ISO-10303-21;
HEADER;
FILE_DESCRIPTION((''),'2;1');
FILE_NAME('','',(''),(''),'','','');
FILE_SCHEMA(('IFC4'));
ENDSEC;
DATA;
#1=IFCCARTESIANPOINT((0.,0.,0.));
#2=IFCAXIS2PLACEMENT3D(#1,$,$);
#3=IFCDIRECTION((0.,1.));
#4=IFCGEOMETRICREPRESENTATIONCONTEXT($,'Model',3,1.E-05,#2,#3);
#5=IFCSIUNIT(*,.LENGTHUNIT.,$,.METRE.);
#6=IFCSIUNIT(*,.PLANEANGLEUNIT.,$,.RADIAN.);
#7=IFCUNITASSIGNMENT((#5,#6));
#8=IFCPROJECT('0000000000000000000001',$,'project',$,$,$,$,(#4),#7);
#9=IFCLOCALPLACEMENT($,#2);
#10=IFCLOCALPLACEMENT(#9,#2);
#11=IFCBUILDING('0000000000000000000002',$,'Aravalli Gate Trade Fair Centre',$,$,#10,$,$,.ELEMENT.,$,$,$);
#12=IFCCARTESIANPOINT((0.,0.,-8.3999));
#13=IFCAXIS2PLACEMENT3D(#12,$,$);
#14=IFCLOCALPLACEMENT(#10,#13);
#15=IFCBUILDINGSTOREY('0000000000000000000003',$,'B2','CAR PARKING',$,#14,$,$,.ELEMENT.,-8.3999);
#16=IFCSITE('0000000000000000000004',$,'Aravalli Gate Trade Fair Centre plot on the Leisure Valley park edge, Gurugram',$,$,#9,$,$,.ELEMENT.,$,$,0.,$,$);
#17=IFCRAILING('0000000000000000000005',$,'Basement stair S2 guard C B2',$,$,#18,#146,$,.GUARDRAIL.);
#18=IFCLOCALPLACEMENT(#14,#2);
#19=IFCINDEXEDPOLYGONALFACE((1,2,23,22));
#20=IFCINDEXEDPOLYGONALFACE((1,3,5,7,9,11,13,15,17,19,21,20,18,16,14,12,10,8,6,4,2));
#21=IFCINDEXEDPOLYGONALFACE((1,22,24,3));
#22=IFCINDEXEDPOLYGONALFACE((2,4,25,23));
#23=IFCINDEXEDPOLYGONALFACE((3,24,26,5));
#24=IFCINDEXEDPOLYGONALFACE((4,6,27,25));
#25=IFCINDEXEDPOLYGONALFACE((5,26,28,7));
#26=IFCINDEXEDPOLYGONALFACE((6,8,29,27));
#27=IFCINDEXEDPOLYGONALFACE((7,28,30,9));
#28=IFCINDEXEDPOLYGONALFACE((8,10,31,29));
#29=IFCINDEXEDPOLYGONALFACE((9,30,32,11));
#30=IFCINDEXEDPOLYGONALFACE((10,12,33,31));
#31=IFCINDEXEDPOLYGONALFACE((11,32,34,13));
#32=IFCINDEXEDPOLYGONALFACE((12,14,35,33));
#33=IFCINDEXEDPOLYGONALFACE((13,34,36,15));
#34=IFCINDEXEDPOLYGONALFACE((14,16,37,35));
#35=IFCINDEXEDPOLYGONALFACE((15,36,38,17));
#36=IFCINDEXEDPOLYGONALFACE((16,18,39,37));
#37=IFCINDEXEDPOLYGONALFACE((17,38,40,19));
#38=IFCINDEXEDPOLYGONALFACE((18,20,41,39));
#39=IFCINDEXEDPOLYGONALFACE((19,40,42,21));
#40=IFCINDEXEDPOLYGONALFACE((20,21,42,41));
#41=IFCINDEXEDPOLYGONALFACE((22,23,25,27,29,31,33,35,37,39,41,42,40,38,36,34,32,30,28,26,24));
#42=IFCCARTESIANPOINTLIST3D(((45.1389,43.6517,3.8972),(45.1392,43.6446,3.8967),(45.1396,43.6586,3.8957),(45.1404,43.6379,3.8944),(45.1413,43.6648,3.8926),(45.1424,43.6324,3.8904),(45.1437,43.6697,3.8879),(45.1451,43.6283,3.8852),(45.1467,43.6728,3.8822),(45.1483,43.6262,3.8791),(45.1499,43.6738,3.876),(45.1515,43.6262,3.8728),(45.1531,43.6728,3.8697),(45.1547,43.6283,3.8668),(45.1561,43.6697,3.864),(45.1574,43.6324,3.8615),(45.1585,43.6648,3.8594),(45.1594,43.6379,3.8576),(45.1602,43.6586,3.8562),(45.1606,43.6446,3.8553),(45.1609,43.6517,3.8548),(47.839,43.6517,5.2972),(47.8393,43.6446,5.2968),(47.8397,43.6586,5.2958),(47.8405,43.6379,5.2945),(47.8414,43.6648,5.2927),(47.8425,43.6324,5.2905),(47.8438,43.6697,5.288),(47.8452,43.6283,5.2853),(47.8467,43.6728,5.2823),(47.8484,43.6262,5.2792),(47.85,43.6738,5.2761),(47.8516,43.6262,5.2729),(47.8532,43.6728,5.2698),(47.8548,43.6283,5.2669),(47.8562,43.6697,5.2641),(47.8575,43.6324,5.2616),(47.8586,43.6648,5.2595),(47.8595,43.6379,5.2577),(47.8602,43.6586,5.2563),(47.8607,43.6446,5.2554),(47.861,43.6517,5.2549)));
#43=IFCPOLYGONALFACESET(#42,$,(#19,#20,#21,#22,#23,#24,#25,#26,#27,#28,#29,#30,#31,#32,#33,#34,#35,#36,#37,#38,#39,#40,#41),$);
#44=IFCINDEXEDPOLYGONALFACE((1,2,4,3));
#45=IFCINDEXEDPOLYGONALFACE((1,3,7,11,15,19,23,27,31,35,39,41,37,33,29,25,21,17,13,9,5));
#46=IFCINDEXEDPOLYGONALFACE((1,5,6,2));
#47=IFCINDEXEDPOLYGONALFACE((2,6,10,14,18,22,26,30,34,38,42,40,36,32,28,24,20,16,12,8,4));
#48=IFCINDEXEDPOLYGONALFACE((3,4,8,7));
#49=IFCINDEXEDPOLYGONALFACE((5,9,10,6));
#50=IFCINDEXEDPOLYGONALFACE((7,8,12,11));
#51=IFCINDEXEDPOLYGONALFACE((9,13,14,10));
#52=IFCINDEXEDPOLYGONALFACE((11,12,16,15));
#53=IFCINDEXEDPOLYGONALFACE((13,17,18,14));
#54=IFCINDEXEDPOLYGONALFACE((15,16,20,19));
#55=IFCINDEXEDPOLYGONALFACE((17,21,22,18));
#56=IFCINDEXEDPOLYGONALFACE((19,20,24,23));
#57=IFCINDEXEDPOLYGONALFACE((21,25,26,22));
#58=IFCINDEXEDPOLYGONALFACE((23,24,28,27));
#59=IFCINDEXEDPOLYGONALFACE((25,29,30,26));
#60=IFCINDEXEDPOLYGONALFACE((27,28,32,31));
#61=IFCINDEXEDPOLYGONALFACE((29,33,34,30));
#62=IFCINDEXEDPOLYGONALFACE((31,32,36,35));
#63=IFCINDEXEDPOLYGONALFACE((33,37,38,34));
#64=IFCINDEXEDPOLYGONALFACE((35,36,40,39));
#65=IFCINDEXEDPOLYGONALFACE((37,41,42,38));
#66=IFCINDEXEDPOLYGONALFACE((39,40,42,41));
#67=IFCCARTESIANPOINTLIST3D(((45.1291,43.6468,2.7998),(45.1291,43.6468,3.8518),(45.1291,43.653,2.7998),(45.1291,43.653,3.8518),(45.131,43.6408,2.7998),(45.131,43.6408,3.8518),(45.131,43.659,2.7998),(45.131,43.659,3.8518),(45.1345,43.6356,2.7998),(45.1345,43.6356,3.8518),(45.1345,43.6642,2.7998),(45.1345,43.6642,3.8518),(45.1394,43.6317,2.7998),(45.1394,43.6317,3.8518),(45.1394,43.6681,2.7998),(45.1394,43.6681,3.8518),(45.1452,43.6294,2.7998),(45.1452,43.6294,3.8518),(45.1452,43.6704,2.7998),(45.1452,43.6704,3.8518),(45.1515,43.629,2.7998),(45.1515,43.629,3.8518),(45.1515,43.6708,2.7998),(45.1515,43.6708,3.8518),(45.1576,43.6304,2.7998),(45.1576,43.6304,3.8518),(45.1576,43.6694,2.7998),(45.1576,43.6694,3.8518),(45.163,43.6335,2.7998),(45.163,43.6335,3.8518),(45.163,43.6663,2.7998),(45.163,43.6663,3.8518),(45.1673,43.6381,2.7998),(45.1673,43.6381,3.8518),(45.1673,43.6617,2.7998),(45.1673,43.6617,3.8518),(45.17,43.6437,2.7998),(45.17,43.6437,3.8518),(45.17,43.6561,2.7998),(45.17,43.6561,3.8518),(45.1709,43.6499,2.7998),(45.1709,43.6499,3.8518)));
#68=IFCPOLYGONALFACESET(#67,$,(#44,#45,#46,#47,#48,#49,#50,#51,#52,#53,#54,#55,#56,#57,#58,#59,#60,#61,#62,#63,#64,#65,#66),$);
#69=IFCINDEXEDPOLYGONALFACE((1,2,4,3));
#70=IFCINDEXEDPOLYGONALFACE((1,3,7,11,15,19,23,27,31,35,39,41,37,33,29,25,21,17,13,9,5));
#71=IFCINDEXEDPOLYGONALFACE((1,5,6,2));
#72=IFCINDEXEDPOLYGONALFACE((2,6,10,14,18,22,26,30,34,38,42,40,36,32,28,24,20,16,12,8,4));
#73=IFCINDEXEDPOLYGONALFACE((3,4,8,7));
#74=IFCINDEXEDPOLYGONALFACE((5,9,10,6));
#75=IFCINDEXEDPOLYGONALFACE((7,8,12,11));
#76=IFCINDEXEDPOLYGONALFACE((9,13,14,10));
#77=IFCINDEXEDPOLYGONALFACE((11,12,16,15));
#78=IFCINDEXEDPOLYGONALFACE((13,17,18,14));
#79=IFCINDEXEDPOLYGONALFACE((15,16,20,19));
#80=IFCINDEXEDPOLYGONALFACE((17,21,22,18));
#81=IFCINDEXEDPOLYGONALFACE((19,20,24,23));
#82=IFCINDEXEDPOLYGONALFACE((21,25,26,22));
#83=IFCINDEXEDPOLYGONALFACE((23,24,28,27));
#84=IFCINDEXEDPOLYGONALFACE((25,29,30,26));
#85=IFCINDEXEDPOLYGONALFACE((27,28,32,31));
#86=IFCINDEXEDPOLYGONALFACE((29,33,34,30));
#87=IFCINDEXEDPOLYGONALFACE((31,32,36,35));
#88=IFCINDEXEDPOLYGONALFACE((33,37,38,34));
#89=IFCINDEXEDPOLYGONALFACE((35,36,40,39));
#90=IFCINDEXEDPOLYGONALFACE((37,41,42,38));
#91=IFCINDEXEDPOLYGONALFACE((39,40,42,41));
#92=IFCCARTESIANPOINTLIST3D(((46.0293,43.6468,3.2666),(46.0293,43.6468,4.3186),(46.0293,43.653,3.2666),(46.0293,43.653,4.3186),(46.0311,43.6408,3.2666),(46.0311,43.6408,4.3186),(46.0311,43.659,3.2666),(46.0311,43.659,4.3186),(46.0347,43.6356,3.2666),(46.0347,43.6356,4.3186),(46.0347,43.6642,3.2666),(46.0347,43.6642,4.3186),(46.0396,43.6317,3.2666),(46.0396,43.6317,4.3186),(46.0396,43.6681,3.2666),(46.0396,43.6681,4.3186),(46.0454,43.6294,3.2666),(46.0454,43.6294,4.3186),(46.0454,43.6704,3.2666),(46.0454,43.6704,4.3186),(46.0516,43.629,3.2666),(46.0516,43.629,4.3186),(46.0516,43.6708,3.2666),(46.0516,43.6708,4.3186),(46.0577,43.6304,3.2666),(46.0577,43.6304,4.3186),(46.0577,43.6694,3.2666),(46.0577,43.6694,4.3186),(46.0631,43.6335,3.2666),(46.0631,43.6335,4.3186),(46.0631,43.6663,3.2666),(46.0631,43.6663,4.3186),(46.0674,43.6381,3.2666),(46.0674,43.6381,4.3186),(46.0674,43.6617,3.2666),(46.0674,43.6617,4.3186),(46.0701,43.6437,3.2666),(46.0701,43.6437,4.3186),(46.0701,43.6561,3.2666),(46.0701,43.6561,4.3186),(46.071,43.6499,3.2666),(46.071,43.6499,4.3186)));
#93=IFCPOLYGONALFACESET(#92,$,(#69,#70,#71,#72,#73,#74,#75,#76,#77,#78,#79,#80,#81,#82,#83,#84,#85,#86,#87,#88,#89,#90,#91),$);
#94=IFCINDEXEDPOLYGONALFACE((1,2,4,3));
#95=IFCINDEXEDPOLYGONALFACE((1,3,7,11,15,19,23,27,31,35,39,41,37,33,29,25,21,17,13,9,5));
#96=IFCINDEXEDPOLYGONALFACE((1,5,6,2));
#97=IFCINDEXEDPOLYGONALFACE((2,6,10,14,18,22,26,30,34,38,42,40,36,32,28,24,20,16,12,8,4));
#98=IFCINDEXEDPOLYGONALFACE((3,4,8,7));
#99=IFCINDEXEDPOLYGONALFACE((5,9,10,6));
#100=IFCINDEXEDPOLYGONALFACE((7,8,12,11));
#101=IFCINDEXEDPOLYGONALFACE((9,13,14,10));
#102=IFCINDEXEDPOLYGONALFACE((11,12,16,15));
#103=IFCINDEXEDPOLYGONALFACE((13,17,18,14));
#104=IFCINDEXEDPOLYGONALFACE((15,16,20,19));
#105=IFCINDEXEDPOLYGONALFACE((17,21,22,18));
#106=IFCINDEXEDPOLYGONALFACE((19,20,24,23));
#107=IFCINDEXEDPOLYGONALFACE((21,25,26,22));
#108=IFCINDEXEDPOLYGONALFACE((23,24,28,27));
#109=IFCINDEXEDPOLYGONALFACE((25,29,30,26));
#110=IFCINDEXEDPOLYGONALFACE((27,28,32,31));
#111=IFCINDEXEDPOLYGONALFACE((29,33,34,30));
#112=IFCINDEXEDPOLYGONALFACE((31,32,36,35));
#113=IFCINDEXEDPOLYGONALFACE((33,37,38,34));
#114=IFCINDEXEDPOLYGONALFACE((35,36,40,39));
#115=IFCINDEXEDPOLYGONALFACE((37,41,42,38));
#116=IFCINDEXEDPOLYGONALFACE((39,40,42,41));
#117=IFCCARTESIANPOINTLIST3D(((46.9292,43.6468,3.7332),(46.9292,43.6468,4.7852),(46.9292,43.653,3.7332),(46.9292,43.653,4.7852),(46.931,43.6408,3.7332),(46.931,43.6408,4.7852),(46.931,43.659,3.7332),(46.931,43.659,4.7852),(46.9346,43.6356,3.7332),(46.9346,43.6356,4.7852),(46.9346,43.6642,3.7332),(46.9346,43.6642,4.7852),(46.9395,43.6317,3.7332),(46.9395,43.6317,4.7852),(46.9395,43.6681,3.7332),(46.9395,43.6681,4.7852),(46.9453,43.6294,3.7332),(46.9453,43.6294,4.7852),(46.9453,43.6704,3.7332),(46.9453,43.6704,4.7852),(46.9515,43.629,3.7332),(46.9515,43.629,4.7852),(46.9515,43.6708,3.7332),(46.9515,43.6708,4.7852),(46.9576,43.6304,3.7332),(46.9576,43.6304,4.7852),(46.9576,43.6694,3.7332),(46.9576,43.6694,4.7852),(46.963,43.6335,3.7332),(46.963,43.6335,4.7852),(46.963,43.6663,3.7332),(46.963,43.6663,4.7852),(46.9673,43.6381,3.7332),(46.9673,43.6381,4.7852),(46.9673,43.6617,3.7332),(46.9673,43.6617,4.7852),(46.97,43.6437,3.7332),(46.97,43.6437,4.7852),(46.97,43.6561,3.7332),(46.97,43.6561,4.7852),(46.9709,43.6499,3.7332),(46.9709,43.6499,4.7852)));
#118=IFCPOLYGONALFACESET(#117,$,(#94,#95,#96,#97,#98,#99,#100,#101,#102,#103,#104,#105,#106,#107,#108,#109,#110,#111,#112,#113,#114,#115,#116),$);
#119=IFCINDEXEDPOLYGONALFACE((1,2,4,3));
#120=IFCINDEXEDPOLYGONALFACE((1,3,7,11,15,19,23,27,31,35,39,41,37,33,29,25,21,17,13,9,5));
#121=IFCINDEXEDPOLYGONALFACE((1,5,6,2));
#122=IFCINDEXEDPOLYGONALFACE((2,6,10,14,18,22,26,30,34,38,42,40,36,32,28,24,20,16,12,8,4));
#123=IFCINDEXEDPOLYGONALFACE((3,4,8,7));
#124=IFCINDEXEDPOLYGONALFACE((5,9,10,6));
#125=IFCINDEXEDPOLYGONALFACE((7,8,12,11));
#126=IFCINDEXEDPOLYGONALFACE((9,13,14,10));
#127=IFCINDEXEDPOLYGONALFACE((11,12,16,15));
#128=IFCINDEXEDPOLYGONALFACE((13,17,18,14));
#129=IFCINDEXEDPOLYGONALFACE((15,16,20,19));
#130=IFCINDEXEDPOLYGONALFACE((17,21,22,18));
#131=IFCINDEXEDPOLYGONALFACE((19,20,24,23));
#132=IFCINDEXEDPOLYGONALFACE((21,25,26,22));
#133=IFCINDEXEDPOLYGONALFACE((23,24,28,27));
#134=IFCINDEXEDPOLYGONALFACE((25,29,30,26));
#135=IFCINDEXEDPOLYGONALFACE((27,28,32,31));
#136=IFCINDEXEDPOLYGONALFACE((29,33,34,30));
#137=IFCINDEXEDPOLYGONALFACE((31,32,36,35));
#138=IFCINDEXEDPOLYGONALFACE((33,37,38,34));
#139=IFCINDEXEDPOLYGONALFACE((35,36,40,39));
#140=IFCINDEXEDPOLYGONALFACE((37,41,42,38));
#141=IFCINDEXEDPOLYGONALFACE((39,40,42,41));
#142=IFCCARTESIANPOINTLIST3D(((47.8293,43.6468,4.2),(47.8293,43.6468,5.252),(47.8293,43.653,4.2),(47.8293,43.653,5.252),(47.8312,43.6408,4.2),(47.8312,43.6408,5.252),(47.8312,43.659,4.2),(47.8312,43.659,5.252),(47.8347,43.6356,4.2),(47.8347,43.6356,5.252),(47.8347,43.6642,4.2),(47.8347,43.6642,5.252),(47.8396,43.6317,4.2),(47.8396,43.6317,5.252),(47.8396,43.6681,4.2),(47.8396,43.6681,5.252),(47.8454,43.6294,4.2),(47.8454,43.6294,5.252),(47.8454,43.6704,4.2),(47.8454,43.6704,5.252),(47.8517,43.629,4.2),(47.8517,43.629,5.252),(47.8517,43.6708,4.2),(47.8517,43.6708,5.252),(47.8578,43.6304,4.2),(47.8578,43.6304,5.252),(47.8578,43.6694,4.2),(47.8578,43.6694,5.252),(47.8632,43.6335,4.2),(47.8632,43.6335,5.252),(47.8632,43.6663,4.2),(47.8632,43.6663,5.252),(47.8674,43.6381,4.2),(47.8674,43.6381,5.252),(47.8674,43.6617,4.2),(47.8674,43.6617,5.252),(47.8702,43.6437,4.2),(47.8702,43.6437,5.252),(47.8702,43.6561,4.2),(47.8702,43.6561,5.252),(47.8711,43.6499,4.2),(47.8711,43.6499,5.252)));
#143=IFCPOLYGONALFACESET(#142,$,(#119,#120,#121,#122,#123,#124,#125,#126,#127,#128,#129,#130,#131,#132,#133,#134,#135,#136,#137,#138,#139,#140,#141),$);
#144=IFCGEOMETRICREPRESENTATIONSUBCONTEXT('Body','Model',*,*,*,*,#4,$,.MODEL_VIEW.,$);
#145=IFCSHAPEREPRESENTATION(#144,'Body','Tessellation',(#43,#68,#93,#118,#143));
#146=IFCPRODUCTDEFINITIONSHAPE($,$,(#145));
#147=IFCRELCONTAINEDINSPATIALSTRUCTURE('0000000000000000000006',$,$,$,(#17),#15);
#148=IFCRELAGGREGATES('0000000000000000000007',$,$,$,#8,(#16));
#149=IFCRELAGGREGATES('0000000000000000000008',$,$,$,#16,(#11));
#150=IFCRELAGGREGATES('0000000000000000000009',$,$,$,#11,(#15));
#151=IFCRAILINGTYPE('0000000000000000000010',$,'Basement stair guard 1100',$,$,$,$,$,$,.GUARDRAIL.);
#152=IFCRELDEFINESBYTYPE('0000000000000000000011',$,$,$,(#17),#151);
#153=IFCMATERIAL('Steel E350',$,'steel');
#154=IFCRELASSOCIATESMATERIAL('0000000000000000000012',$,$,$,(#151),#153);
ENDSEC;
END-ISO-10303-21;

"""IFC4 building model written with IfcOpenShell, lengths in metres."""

from ifc_helpers import new_model, si_unit, direction, frame, origin, origin_2d, place, context, subcontext, project, spatial, circle, extrude, material, type_object, element, save


model = new_model("IFC4")

# Units and contexts
model_context = context("Model", 3, precision=1e-05, world=origin(), true_north=direction((0.0, 1.0)))
body_context = subcontext(model_context, "Body", "Model", "MODEL_VIEW")
ifc_project = project(units=[si_unit("LENGTHUNIT", "METRE"), si_unit("PLANEANGLEUNIT", "RADIAN")], contexts=[model_context])

# Site, building, storey
site_placement = place(None, origin())
site = spatial("IfcSite", under=ifc_project, at=site_placement, Name="Aravalli Gate Trade Fair Centre plot on the Leisure Valley park edge, Gurugram", CompositionType="ELEMENT", RefElevation=0.0)
building_placement = place(site_placement, origin())
building = spatial("IfcBuilding", under=site, at=building_placement, Name="Aravalli Gate Trade Fair Centre", CompositionType="ELEMENT")
storey_placement = place(building_placement, frame((0.0, 0.0, -8.3999)))
storey = spatial("IfcBuildingStorey", under=building, at=storey_placement, Name="B2", Description="CAR PARKING", CompositionType="ELEMENT", Elevation=-8.3999)

# Railing
ifc_material_1 = material(Name="Steel E350", Category="steel")
railing_type_1 = type_object("IfcRailingType", Name="Basement stair guard 1100", PredefinedType="GUARDRAIL", material=ifc_material_1)
railing_1_placement = place(storey_placement, frame((45.1499, 43.6499, 2.7998)))
element("IfcRailing", 1, at=railing_1_placement, inside=storey, type_object=railing_type_1, Name="Basement stair S2 guard C B2", PredefinedType="GUARDRAIL", context=body_context, shape_type="SweptSolid", body=[
    extrude(circle(Radius=0.0239, at=origin_2d()), frame((0.0, 0.0, 1.0762), z_axis=(0.887748, 0.0, 0.460329), x_axis=(0.0, 1.0, 0.0)), (0.0, 0.0, 1.0), 3.0415),
    extrude(circle(Radius=0.021, at=origin_2d()), origin(), (0.0, 0.0, 1.0), 1.052),
    extrude(circle(Radius=0.021, at=origin_2d()), frame((0.9001, 0.0, 0.4668)), (0.0, 0.0, 1.0), 1.052),
    extrude(circle(Radius=0.021, at=origin_2d()), frame((1.8, 0.0, 0.9333)), (0.0, 0.0, 1.0), 1.052),
    extrude(circle(Radius=0.021, at=origin_2d()), frame((2.7002, 0.0, 1.4001)), (0.0, 0.0, 1.0), 1.052),
])

save(model, "model.ifc")
